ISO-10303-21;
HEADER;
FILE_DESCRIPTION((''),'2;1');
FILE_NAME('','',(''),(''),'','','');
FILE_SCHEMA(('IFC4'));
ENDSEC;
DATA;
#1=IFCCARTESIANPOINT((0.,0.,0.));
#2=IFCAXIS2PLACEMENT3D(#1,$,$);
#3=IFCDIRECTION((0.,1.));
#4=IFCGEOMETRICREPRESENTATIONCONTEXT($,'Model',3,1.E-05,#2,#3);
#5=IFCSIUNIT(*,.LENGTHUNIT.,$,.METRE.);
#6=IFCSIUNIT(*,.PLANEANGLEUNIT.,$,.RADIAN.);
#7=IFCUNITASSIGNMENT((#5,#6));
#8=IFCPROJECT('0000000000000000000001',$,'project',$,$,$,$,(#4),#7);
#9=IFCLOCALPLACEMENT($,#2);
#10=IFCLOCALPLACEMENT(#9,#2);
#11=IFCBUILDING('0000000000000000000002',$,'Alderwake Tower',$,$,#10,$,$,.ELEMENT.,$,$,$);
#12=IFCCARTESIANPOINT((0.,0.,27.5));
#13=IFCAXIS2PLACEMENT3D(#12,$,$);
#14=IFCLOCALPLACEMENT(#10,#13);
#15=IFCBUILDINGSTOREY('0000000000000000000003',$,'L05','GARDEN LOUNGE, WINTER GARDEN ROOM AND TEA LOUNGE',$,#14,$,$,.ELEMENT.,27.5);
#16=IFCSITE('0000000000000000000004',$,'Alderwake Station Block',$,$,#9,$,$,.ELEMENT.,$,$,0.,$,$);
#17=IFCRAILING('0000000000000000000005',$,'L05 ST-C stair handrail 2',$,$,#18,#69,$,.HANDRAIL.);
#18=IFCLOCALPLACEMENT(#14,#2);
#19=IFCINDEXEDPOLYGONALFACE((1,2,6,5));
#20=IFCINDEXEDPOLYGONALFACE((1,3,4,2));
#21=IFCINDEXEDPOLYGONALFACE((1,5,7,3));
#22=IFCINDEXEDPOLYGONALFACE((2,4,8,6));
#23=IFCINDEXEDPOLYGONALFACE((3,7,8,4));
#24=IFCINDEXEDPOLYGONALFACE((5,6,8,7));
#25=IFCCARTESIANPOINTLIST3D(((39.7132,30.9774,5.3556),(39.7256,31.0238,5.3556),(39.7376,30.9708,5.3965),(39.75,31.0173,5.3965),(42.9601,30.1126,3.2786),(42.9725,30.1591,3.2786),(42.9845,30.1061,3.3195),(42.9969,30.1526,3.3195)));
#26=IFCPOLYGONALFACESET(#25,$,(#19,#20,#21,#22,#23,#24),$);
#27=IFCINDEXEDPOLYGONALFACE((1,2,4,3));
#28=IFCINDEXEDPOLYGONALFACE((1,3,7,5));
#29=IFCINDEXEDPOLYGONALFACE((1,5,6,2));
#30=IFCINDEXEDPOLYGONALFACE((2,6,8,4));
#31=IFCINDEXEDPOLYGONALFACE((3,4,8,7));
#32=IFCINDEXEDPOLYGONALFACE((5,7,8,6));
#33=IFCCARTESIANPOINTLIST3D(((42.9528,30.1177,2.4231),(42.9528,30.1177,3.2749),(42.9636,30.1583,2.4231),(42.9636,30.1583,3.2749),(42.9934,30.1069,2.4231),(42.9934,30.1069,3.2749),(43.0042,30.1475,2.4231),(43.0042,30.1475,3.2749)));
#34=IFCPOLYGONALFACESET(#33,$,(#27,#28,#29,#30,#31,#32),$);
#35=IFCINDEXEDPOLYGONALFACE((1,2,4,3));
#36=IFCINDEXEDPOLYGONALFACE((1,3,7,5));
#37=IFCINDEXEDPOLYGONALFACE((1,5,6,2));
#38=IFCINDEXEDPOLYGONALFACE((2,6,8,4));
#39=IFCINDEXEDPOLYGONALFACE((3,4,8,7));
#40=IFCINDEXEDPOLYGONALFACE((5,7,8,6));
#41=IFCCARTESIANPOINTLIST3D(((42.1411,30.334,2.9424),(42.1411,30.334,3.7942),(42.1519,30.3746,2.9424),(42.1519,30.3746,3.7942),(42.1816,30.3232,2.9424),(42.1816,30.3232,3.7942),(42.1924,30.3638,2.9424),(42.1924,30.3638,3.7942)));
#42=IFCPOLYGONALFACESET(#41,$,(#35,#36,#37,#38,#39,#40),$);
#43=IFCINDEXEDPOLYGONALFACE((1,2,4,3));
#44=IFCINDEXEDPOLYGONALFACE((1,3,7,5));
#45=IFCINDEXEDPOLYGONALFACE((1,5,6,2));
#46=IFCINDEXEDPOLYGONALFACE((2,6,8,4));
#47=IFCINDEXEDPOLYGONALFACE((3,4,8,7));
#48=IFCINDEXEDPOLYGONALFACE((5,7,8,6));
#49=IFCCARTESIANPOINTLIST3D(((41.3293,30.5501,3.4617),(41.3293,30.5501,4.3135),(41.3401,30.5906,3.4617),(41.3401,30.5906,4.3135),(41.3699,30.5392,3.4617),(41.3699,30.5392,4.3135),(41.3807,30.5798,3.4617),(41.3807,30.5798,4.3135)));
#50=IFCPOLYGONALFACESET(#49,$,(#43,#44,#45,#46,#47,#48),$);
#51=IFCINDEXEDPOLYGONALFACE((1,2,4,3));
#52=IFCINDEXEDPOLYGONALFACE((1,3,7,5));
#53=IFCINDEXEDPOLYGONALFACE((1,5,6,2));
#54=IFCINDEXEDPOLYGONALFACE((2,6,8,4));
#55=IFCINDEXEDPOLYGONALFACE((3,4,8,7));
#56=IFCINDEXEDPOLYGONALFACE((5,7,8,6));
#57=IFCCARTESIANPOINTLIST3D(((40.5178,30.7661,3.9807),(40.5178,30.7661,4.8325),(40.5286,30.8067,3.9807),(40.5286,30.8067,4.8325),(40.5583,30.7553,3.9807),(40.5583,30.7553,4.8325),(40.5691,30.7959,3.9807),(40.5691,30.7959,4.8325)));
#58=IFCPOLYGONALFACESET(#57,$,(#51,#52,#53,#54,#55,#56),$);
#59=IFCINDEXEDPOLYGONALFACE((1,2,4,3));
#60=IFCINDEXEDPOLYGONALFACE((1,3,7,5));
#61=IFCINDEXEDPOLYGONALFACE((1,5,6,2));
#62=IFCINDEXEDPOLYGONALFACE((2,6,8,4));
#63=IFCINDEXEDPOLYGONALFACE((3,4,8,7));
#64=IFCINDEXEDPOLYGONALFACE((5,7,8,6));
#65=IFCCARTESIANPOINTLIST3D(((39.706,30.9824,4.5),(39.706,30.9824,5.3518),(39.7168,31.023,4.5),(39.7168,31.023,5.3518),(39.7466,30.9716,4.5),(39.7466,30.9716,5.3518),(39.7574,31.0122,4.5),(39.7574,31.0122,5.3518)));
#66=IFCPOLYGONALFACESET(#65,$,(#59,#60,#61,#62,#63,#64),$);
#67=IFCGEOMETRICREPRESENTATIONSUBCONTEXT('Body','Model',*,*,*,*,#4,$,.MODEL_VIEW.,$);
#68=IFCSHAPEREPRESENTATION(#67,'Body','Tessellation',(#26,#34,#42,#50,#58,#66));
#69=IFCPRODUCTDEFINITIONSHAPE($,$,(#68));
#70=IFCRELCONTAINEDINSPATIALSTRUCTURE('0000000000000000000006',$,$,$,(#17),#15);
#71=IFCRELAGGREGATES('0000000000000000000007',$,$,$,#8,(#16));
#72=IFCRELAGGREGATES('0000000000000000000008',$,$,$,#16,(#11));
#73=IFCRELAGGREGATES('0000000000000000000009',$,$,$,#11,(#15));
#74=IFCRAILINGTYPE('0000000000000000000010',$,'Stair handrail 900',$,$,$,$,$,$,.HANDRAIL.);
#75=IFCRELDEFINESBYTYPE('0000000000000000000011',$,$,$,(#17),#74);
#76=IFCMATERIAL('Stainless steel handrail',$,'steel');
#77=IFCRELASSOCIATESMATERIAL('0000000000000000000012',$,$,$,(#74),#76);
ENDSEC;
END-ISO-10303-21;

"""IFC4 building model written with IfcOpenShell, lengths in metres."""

from ifc_helpers import new_model, si_unit, direction, frame, origin, origin_2d, place, context, subcontext, project, spatial, rectangle, extrude, material, type_object, element, save


model = new_model("IFC4")

# Units and contexts
model_context = context("Model", 3, precision=1e-05, world=origin(), true_north=direction((0.0, 1.0)))
body_context = subcontext(model_context, "Body", "Model", "MODEL_VIEW")
ifc_project = project(units=[si_unit("LENGTHUNIT", "METRE"), si_unit("PLANEANGLEUNIT", "RADIAN")], contexts=[model_context])

# Site, building, storey
site_placement = place(None, origin())
site = spatial("IfcSite", under=ifc_project, at=site_placement, Name="Alderwake Station Block", CompositionType="ELEMENT", RefElevation=0.0)
building_placement = place(site_placement, origin())
building = spatial("IfcBuilding", under=site, at=building_placement, Name="Alderwake Tower", CompositionType="ELEMENT")
storey_placement = place(building_placement, frame((0.0, 0.0, 27.5)))
storey = spatial("IfcBuildingStorey", under=building, at=storey_placement, Name="L05", Description="GARDEN LOUNGE, WINTER GARDEN ROOM AND TEA LOUNGE", CompositionType="ELEMENT", Elevation=27.5)

# Railing
ifc_material_1 = material(Name="Stainless steel handrail", Category="steel")
railing_type_1 = type_object("IfcRailingType", Name="Stair handrail 900", PredefinedType="HANDRAIL", material=ifc_material_1)
railing_1_placement = place(storey_placement, frame((42.9785, 30.1326, 2.4231)))
element("IfcRailing", 1, at=railing_1_placement, inside=storey, type_object=railing_type_1, Name="L05 ST-C stair handrail 2", PredefinedType="HANDRAIL", context=body_context, shape_type="SweptSolid", body=[
    extrude(rectangle(XDim=0.0481, YDim=0.0481, at=origin_2d()), frame((0.0, 0.0, 0.876), z_axis=(-0.821963, 0.218918, 0.525787), x_axis=(-0.257364, -0.966314, 0.0)), (0.0, 0.0, 1.0), 3.9502),
    extrude(rectangle(XDim=0.042, YDim=0.042, at=origin_2d()), frame((0.0, 0.0, 0.0), z_axis=(0.0, 0.0, 1.0), x_axis=(-0.966314, 0.257364, 0.0)), (0.0, 0.0, 1.0), 0.8518),
    extrude(rectangle(XDim=0.042, YDim=0.042, at=origin_2d()), frame((-0.8118, 0.2163, 0.5193), z_axis=(0.0, 0.0, 1.0), x_axis=(-0.966314, 0.257364, 0.0)), (0.0, 0.0, 1.0), 0.8518),
    extrude(rectangle(XDim=0.042, YDim=0.042, at=origin_2d()), frame((-1.6235, 0.4324, 1.0386), z_axis=(0.0, 0.0, 1.0), x_axis=(-0.966314, 0.257364, 0.0)), (0.0, 0.0, 1.0), 0.8518),
    extrude(rectangle(XDim=0.042, YDim=0.042, at=origin_2d()), frame((-2.4351, 0.6484, 1.5576), z_axis=(0.0, 0.0, 1.0), x_axis=(-0.966314, 0.257364, 0.0)), (0.0, 0.0, 1.0), 0.8518),
    extrude(rectangle(XDim=0.042, YDim=0.042, at=origin_2d()), frame((-3.2468, 0.8647, 2.0769), z_axis=(0.0, 0.0, 1.0), x_axis=(-0.966314, 0.257364, 0.0)), (0.0, 0.0, 1.0), 0.8518),
])

save(model, "model.ifc")
